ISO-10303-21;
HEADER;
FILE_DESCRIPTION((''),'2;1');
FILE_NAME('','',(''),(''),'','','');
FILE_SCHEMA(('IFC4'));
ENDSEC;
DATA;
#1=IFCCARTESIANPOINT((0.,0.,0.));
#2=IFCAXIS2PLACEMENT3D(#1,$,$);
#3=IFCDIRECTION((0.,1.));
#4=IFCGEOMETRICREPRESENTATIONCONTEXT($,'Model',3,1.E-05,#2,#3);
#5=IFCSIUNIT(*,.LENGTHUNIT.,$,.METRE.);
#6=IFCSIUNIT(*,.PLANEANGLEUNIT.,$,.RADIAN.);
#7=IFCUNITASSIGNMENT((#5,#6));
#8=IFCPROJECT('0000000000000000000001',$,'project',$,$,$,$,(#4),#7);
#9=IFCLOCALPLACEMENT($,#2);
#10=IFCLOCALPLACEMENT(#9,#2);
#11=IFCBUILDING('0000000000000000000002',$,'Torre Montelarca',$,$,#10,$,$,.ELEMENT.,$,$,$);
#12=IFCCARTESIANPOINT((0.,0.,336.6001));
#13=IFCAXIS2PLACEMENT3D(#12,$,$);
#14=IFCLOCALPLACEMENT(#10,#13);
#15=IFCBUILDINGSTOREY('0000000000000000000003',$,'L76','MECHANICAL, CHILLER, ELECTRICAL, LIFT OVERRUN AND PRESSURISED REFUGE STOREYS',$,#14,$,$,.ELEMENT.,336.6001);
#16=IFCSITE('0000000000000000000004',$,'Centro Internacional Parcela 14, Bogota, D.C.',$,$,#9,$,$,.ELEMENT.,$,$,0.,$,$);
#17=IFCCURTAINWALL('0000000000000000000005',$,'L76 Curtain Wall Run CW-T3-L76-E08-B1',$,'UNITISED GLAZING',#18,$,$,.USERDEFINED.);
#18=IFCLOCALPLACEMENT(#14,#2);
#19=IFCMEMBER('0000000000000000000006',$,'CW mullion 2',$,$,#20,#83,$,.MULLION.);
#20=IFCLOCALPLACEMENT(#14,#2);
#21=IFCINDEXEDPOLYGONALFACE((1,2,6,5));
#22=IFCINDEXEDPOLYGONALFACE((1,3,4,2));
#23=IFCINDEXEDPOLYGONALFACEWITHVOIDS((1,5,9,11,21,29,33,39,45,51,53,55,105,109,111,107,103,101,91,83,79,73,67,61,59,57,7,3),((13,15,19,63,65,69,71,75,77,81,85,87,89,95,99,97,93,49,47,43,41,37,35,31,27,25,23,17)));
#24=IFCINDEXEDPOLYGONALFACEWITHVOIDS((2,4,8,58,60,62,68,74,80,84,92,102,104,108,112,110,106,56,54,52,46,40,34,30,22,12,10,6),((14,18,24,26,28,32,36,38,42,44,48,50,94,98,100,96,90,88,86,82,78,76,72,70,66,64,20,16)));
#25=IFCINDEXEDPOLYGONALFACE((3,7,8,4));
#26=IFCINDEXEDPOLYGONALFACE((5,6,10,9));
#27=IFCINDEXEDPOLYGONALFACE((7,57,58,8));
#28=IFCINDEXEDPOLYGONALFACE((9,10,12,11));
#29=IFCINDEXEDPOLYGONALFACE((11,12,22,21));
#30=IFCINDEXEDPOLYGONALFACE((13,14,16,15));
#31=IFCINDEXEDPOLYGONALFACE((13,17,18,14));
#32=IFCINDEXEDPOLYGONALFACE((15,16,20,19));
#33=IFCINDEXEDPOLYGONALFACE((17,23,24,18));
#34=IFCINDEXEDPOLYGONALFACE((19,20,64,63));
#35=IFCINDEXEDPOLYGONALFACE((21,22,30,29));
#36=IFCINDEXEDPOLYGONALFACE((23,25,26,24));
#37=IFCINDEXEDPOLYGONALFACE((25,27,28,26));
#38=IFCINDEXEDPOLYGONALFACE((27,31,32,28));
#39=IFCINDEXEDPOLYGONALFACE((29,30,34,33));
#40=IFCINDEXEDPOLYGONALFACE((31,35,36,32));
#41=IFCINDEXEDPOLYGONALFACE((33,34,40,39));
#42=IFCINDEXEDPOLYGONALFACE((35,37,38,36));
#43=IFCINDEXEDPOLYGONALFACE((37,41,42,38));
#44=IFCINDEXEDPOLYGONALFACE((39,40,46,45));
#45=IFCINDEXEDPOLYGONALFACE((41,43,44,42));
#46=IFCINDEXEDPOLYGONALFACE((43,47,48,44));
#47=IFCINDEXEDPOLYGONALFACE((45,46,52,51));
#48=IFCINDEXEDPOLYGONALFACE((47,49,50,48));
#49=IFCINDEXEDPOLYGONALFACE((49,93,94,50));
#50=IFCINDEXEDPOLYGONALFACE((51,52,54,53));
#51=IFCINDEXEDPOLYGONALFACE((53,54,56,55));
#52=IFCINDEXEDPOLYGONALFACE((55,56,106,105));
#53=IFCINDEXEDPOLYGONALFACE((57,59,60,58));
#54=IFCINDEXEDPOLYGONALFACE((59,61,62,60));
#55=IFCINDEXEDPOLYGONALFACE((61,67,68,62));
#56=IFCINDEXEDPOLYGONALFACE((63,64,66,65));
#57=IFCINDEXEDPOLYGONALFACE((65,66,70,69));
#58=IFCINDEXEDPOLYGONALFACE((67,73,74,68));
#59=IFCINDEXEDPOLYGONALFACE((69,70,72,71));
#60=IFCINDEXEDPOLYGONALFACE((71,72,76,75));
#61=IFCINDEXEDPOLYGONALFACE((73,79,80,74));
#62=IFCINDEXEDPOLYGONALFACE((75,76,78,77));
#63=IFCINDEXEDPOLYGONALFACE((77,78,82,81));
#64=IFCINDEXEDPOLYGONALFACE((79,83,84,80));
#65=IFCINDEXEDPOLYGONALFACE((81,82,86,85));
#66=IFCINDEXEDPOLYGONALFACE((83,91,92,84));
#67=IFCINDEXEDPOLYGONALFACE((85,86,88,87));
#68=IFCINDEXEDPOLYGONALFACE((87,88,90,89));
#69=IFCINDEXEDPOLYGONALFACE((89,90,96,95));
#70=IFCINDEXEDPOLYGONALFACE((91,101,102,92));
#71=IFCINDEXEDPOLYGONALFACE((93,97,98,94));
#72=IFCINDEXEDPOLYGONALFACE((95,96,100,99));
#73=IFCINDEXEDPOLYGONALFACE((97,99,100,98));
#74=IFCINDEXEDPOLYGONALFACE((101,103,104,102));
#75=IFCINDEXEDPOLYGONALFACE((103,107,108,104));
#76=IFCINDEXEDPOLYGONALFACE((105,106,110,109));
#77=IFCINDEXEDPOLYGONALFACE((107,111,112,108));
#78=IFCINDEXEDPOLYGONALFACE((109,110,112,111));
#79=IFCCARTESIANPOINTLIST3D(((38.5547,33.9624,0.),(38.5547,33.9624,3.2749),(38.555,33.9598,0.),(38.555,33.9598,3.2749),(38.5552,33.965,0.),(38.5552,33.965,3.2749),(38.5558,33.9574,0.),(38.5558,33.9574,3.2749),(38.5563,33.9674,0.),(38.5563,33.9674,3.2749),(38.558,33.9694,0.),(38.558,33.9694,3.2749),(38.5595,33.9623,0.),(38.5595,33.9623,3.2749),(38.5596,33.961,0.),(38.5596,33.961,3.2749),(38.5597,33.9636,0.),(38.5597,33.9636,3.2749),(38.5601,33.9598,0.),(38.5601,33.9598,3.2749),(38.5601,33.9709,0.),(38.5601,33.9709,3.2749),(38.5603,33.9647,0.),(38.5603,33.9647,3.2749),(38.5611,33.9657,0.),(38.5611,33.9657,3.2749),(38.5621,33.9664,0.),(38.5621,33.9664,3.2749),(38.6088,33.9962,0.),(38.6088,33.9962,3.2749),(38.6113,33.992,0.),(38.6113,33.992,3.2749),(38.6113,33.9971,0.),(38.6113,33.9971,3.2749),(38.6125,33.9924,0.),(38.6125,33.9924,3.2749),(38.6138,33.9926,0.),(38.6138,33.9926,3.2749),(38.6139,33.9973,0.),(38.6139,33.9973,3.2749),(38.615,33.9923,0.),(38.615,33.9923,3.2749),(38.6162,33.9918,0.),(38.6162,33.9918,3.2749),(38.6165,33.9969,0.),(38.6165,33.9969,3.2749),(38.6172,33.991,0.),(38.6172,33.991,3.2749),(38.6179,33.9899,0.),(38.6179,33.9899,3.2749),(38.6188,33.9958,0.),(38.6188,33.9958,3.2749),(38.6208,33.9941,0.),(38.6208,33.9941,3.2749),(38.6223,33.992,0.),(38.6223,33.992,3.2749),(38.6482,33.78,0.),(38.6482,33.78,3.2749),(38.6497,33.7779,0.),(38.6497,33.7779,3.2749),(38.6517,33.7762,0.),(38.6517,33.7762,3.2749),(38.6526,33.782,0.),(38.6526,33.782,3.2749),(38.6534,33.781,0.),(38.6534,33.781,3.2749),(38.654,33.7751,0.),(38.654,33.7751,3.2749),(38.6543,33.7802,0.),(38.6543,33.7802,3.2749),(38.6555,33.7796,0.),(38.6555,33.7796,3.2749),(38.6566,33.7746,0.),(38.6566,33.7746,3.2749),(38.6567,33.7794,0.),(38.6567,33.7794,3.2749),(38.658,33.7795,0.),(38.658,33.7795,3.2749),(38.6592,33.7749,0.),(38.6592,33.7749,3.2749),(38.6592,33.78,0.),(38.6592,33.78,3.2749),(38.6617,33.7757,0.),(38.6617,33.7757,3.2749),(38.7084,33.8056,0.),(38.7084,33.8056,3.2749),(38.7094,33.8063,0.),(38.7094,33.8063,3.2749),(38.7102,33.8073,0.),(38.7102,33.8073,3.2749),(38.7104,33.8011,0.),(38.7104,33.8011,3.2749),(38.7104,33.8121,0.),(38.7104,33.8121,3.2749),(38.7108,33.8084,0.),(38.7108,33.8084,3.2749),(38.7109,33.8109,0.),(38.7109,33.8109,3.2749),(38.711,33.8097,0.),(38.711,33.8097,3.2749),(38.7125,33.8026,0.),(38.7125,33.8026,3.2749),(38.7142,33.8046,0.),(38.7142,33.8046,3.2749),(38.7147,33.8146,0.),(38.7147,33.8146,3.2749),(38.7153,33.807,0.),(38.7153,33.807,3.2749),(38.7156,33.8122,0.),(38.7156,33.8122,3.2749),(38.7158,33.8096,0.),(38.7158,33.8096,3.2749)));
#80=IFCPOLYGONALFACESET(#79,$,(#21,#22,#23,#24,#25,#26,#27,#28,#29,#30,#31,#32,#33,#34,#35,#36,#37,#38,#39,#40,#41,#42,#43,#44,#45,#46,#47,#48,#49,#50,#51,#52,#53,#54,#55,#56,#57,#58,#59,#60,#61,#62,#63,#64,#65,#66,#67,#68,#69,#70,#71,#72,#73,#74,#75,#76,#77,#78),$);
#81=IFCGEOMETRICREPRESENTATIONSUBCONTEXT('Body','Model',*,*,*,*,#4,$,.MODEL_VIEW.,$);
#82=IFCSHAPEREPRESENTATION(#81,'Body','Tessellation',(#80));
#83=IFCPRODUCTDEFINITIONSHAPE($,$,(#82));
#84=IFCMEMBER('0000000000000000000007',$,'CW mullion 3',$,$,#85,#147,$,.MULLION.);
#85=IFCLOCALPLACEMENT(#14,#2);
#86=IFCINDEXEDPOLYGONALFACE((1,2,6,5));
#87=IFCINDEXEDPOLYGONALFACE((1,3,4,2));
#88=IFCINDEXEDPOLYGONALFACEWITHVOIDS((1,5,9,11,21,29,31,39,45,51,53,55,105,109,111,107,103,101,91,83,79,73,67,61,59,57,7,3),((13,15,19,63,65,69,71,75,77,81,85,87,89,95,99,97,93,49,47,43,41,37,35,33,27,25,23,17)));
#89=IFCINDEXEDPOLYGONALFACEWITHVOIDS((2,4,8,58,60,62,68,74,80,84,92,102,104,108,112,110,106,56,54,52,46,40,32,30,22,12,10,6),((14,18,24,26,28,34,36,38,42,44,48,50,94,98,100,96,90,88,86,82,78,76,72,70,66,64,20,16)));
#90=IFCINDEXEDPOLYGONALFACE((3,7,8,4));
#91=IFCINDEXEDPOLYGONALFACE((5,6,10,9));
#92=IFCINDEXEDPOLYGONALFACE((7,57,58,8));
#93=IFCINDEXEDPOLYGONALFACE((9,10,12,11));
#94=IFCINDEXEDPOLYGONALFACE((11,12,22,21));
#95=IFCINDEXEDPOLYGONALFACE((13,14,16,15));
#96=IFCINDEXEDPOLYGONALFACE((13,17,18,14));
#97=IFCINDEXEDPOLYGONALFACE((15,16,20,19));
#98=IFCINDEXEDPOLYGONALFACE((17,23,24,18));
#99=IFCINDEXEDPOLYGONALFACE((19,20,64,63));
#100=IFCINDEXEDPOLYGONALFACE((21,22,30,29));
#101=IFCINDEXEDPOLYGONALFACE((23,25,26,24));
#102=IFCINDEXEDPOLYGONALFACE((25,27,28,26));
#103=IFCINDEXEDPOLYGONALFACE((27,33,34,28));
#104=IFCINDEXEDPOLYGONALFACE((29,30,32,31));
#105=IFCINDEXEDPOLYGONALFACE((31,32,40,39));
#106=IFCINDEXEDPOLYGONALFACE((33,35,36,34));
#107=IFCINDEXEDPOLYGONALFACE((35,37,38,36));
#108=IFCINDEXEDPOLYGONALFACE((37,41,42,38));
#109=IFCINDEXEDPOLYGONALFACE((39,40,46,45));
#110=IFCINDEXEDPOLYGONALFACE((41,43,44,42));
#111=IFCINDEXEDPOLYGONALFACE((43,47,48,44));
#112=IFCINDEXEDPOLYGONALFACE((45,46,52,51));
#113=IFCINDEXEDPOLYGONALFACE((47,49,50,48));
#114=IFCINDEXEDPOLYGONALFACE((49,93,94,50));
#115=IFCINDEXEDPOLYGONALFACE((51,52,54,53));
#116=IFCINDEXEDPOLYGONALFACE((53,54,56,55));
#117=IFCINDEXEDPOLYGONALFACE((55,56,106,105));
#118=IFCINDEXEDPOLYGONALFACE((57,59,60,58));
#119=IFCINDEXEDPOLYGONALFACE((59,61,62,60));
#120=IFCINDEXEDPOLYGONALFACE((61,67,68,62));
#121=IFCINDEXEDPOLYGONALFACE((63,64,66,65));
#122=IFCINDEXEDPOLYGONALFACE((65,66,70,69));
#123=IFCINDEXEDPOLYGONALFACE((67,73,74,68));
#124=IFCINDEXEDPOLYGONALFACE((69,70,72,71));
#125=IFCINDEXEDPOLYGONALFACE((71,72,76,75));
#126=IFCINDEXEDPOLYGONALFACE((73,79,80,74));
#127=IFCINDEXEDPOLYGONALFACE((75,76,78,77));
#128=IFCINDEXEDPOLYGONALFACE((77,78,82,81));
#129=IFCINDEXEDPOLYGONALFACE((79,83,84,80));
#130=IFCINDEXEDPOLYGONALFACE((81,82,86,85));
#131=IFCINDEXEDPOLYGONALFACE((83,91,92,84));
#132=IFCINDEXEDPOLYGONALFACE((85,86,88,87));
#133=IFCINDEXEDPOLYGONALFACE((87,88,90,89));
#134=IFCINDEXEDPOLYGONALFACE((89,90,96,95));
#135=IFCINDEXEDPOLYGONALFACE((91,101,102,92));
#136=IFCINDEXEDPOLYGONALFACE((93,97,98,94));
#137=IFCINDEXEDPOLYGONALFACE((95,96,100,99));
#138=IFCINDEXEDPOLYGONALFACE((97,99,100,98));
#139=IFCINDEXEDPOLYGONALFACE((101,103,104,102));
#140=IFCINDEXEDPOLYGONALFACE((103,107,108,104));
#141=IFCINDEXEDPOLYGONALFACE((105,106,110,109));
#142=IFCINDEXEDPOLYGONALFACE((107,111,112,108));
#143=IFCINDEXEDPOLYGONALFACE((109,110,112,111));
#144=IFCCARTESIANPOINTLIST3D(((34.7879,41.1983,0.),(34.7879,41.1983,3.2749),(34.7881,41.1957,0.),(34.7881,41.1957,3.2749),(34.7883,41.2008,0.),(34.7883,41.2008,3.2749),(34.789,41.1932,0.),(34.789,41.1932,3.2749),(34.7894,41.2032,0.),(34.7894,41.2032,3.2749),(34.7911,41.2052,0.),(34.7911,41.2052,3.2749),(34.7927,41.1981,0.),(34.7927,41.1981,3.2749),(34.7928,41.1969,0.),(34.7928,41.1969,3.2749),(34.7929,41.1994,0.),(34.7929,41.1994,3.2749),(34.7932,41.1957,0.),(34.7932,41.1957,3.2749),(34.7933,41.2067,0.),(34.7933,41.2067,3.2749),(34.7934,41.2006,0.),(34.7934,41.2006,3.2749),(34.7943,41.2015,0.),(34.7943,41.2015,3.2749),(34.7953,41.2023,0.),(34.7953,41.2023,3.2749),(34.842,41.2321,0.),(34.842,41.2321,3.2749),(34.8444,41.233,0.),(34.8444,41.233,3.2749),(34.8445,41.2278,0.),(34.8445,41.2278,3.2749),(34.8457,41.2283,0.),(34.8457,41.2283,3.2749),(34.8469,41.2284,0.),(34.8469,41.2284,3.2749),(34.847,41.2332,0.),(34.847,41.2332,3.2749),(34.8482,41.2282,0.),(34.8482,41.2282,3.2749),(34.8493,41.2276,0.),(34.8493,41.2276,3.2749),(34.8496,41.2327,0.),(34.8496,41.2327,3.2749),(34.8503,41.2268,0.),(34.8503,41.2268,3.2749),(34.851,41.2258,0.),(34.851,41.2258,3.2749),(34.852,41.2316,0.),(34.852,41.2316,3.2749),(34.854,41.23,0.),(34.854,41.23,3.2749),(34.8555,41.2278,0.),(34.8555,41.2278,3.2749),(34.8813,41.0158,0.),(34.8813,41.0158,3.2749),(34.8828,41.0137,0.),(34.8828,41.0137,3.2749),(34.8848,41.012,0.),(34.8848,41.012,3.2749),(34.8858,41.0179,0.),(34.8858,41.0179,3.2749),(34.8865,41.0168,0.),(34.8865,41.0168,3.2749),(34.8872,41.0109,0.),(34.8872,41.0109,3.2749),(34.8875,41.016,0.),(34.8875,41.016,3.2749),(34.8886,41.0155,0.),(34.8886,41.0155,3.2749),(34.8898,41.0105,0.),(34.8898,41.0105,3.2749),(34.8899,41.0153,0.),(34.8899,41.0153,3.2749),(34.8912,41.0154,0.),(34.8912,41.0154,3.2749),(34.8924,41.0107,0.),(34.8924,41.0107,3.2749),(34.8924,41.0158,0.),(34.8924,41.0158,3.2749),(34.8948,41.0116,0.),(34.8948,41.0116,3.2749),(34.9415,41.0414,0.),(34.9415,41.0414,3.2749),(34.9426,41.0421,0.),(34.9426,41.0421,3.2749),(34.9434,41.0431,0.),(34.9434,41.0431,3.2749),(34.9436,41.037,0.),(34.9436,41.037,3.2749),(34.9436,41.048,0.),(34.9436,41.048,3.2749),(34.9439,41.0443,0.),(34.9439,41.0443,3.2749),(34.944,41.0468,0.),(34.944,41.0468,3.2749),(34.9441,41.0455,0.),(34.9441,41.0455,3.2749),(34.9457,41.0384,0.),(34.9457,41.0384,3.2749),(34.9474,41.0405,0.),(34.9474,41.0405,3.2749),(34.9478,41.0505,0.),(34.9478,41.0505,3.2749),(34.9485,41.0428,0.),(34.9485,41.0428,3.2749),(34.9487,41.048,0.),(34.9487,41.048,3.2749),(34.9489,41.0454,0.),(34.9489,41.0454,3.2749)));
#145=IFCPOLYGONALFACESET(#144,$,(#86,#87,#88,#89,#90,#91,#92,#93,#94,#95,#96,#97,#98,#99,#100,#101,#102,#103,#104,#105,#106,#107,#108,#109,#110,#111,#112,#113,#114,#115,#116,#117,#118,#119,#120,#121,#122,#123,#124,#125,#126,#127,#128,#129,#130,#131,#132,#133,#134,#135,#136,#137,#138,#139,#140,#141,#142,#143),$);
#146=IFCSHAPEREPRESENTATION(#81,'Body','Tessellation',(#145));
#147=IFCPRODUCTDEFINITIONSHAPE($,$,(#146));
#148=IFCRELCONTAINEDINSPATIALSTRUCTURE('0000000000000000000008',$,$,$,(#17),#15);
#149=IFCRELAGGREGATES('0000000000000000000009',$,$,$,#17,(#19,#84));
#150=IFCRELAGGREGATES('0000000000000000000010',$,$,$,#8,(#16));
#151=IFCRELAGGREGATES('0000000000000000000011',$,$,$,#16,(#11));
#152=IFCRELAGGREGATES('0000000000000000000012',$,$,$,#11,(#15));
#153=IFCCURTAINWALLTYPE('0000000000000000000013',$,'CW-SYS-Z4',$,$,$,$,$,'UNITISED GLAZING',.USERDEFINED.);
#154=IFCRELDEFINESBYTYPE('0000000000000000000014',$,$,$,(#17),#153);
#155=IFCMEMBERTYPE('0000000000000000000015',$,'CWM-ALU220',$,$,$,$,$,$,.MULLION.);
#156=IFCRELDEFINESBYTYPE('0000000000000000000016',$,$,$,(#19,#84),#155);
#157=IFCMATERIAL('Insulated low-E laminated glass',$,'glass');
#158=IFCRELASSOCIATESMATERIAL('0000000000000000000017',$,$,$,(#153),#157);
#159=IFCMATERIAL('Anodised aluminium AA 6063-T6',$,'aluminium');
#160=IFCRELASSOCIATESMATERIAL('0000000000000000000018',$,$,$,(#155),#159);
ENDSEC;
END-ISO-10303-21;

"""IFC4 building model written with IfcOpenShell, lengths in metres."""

from ifc_helpers import new_model, si_unit, direction, frame, origin, origin_2d, place, context, subcontext, project, spatial, hollow_rectangle, extrude, source, transform, mapped, material, material_profile, profile_set, type_object, element, aggregate, save


model = new_model("IFC4")

# Units and contexts
model_context = context("Model", 3, precision=1e-05, world=origin(), true_north=direction((0.0, 1.0)))
body_context = subcontext(model_context, "Body", "Model", "MODEL_VIEW")
ifc_project = project(units=[si_unit("LENGTHUNIT", "METRE"), si_unit("PLANEANGLEUNIT", "RADIAN")], contexts=[model_context])

# Site, building, storey
site_placement = place(None, origin())
site = spatial("IfcSite", under=ifc_project, at=site_placement, Name="Centro Internacional Parcela 14, Bogota, D.C.", CompositionType="ELEMENT", RefElevation=0.0)
building_placement = place(site_placement, origin())
building = spatial("IfcBuilding", under=site, at=building_placement, Name="Torre Montelarca", CompositionType="ELEMENT")
storey_placement = place(building_placement, frame((0.0, 0.0, 336.6001)))
storey = spatial("IfcBuildingStorey", under=building, at=storey_placement, Name="L76", Description="MECHANICAL, CHILLER, ELECTRICAL, LIFT OVERRUN AND PRESSURISED REFUGE STOREYS", CompositionType="ELEMENT", Elevation=336.6001)

# Curtain wall, members
ifc_material_1 = material(Name="Insulated low-E laminated glass", Category="glass")
curtain_wall_type = type_object("IfcCurtainWallType", Name="CW-SYS-Z4", ElementType="UNITISED GLAZING", PredefinedType="USERDEFINED", material=ifc_material_1)
ifc_material_2 = material(Name="Anodised aluminium AA 6063-T6", Category="aluminium")
ifc_material_profile_1 = material_profile(ifc_material_2, hollow_rectangle(XDim=0.075, YDim=0.22, WallThickness=0.0049, InnerFilletRadius=0.0049, OuterFilletRadius=0.01, at=origin_2d()), Name="ALU75X220X5", Category="aluminium")
ifc_profile_set_1 = profile_set([ifc_material_profile_1], Name="Anodised aluminium AA 6063-T6")
member_type_1 = type_object("IfcMemberType", Name="CWM-ALU220", PredefinedType="MULLION", material=ifc_profile_set_1)
curtain_wall_1_placement = place(storey_placement, origin())
curtain_wall_1 = element("IfcCurtainWall", 1, at=curtain_wall_1_placement, inside=storey, type_object=curtain_wall_type, Name="L76 Curtain Wall Run CW-T3-L76-E08-B1", ObjectType="UNITISED GLAZING", PredefinedType="USERDEFINED")
shared_shape_1 = source(origin(), body_context, "Body", "SweptSolid", [
    extrude(hollow_rectangle(XDim=0.075, YDim=0.22, WallThickness=0.0049, InnerFilletRadius=0.0049, OuterFilletRadius=0.01, at=origin_2d()), origin(), (0.0, 0.0, 1.0), 3.2749),
])
member_1_placement = place(storey_placement, frame((38.6353, 33.886, 0.0), z_axis=(0.0, 0.0, 1.0), x_axis=(-0.887012, -0.461746, 0.0)))
member_1 = element("IfcMember", 2, at=member_1_placement, type_object=member_type_1, Name="CW mullion 2", PredefinedType="MULLION", context=body_context, shape_type="MappedRepresentation", body=[
    mapped(shared_shape_1, transform((0.0, 0.0, 0.0), scale=1.0)),
])
member_2_placement = place(storey_placement, frame((34.8684, 41.1218, 0.0), z_axis=(0.0, 0.0, 1.0), x_axis=(-0.887012, -0.461746, 0.0)))
member_2 = element("IfcMember", 3, at=member_2_placement, type_object=member_type_1, Name="CW mullion 3", PredefinedType="MULLION", context=body_context, shape_type="MappedRepresentation", body=[
    mapped(shared_shape_1, transform((0.0, 0.0, 0.0), scale=1.0)),
])

aggregate(curtain_wall_1, [member_1, member_2])

save(model, "model.ifc")
